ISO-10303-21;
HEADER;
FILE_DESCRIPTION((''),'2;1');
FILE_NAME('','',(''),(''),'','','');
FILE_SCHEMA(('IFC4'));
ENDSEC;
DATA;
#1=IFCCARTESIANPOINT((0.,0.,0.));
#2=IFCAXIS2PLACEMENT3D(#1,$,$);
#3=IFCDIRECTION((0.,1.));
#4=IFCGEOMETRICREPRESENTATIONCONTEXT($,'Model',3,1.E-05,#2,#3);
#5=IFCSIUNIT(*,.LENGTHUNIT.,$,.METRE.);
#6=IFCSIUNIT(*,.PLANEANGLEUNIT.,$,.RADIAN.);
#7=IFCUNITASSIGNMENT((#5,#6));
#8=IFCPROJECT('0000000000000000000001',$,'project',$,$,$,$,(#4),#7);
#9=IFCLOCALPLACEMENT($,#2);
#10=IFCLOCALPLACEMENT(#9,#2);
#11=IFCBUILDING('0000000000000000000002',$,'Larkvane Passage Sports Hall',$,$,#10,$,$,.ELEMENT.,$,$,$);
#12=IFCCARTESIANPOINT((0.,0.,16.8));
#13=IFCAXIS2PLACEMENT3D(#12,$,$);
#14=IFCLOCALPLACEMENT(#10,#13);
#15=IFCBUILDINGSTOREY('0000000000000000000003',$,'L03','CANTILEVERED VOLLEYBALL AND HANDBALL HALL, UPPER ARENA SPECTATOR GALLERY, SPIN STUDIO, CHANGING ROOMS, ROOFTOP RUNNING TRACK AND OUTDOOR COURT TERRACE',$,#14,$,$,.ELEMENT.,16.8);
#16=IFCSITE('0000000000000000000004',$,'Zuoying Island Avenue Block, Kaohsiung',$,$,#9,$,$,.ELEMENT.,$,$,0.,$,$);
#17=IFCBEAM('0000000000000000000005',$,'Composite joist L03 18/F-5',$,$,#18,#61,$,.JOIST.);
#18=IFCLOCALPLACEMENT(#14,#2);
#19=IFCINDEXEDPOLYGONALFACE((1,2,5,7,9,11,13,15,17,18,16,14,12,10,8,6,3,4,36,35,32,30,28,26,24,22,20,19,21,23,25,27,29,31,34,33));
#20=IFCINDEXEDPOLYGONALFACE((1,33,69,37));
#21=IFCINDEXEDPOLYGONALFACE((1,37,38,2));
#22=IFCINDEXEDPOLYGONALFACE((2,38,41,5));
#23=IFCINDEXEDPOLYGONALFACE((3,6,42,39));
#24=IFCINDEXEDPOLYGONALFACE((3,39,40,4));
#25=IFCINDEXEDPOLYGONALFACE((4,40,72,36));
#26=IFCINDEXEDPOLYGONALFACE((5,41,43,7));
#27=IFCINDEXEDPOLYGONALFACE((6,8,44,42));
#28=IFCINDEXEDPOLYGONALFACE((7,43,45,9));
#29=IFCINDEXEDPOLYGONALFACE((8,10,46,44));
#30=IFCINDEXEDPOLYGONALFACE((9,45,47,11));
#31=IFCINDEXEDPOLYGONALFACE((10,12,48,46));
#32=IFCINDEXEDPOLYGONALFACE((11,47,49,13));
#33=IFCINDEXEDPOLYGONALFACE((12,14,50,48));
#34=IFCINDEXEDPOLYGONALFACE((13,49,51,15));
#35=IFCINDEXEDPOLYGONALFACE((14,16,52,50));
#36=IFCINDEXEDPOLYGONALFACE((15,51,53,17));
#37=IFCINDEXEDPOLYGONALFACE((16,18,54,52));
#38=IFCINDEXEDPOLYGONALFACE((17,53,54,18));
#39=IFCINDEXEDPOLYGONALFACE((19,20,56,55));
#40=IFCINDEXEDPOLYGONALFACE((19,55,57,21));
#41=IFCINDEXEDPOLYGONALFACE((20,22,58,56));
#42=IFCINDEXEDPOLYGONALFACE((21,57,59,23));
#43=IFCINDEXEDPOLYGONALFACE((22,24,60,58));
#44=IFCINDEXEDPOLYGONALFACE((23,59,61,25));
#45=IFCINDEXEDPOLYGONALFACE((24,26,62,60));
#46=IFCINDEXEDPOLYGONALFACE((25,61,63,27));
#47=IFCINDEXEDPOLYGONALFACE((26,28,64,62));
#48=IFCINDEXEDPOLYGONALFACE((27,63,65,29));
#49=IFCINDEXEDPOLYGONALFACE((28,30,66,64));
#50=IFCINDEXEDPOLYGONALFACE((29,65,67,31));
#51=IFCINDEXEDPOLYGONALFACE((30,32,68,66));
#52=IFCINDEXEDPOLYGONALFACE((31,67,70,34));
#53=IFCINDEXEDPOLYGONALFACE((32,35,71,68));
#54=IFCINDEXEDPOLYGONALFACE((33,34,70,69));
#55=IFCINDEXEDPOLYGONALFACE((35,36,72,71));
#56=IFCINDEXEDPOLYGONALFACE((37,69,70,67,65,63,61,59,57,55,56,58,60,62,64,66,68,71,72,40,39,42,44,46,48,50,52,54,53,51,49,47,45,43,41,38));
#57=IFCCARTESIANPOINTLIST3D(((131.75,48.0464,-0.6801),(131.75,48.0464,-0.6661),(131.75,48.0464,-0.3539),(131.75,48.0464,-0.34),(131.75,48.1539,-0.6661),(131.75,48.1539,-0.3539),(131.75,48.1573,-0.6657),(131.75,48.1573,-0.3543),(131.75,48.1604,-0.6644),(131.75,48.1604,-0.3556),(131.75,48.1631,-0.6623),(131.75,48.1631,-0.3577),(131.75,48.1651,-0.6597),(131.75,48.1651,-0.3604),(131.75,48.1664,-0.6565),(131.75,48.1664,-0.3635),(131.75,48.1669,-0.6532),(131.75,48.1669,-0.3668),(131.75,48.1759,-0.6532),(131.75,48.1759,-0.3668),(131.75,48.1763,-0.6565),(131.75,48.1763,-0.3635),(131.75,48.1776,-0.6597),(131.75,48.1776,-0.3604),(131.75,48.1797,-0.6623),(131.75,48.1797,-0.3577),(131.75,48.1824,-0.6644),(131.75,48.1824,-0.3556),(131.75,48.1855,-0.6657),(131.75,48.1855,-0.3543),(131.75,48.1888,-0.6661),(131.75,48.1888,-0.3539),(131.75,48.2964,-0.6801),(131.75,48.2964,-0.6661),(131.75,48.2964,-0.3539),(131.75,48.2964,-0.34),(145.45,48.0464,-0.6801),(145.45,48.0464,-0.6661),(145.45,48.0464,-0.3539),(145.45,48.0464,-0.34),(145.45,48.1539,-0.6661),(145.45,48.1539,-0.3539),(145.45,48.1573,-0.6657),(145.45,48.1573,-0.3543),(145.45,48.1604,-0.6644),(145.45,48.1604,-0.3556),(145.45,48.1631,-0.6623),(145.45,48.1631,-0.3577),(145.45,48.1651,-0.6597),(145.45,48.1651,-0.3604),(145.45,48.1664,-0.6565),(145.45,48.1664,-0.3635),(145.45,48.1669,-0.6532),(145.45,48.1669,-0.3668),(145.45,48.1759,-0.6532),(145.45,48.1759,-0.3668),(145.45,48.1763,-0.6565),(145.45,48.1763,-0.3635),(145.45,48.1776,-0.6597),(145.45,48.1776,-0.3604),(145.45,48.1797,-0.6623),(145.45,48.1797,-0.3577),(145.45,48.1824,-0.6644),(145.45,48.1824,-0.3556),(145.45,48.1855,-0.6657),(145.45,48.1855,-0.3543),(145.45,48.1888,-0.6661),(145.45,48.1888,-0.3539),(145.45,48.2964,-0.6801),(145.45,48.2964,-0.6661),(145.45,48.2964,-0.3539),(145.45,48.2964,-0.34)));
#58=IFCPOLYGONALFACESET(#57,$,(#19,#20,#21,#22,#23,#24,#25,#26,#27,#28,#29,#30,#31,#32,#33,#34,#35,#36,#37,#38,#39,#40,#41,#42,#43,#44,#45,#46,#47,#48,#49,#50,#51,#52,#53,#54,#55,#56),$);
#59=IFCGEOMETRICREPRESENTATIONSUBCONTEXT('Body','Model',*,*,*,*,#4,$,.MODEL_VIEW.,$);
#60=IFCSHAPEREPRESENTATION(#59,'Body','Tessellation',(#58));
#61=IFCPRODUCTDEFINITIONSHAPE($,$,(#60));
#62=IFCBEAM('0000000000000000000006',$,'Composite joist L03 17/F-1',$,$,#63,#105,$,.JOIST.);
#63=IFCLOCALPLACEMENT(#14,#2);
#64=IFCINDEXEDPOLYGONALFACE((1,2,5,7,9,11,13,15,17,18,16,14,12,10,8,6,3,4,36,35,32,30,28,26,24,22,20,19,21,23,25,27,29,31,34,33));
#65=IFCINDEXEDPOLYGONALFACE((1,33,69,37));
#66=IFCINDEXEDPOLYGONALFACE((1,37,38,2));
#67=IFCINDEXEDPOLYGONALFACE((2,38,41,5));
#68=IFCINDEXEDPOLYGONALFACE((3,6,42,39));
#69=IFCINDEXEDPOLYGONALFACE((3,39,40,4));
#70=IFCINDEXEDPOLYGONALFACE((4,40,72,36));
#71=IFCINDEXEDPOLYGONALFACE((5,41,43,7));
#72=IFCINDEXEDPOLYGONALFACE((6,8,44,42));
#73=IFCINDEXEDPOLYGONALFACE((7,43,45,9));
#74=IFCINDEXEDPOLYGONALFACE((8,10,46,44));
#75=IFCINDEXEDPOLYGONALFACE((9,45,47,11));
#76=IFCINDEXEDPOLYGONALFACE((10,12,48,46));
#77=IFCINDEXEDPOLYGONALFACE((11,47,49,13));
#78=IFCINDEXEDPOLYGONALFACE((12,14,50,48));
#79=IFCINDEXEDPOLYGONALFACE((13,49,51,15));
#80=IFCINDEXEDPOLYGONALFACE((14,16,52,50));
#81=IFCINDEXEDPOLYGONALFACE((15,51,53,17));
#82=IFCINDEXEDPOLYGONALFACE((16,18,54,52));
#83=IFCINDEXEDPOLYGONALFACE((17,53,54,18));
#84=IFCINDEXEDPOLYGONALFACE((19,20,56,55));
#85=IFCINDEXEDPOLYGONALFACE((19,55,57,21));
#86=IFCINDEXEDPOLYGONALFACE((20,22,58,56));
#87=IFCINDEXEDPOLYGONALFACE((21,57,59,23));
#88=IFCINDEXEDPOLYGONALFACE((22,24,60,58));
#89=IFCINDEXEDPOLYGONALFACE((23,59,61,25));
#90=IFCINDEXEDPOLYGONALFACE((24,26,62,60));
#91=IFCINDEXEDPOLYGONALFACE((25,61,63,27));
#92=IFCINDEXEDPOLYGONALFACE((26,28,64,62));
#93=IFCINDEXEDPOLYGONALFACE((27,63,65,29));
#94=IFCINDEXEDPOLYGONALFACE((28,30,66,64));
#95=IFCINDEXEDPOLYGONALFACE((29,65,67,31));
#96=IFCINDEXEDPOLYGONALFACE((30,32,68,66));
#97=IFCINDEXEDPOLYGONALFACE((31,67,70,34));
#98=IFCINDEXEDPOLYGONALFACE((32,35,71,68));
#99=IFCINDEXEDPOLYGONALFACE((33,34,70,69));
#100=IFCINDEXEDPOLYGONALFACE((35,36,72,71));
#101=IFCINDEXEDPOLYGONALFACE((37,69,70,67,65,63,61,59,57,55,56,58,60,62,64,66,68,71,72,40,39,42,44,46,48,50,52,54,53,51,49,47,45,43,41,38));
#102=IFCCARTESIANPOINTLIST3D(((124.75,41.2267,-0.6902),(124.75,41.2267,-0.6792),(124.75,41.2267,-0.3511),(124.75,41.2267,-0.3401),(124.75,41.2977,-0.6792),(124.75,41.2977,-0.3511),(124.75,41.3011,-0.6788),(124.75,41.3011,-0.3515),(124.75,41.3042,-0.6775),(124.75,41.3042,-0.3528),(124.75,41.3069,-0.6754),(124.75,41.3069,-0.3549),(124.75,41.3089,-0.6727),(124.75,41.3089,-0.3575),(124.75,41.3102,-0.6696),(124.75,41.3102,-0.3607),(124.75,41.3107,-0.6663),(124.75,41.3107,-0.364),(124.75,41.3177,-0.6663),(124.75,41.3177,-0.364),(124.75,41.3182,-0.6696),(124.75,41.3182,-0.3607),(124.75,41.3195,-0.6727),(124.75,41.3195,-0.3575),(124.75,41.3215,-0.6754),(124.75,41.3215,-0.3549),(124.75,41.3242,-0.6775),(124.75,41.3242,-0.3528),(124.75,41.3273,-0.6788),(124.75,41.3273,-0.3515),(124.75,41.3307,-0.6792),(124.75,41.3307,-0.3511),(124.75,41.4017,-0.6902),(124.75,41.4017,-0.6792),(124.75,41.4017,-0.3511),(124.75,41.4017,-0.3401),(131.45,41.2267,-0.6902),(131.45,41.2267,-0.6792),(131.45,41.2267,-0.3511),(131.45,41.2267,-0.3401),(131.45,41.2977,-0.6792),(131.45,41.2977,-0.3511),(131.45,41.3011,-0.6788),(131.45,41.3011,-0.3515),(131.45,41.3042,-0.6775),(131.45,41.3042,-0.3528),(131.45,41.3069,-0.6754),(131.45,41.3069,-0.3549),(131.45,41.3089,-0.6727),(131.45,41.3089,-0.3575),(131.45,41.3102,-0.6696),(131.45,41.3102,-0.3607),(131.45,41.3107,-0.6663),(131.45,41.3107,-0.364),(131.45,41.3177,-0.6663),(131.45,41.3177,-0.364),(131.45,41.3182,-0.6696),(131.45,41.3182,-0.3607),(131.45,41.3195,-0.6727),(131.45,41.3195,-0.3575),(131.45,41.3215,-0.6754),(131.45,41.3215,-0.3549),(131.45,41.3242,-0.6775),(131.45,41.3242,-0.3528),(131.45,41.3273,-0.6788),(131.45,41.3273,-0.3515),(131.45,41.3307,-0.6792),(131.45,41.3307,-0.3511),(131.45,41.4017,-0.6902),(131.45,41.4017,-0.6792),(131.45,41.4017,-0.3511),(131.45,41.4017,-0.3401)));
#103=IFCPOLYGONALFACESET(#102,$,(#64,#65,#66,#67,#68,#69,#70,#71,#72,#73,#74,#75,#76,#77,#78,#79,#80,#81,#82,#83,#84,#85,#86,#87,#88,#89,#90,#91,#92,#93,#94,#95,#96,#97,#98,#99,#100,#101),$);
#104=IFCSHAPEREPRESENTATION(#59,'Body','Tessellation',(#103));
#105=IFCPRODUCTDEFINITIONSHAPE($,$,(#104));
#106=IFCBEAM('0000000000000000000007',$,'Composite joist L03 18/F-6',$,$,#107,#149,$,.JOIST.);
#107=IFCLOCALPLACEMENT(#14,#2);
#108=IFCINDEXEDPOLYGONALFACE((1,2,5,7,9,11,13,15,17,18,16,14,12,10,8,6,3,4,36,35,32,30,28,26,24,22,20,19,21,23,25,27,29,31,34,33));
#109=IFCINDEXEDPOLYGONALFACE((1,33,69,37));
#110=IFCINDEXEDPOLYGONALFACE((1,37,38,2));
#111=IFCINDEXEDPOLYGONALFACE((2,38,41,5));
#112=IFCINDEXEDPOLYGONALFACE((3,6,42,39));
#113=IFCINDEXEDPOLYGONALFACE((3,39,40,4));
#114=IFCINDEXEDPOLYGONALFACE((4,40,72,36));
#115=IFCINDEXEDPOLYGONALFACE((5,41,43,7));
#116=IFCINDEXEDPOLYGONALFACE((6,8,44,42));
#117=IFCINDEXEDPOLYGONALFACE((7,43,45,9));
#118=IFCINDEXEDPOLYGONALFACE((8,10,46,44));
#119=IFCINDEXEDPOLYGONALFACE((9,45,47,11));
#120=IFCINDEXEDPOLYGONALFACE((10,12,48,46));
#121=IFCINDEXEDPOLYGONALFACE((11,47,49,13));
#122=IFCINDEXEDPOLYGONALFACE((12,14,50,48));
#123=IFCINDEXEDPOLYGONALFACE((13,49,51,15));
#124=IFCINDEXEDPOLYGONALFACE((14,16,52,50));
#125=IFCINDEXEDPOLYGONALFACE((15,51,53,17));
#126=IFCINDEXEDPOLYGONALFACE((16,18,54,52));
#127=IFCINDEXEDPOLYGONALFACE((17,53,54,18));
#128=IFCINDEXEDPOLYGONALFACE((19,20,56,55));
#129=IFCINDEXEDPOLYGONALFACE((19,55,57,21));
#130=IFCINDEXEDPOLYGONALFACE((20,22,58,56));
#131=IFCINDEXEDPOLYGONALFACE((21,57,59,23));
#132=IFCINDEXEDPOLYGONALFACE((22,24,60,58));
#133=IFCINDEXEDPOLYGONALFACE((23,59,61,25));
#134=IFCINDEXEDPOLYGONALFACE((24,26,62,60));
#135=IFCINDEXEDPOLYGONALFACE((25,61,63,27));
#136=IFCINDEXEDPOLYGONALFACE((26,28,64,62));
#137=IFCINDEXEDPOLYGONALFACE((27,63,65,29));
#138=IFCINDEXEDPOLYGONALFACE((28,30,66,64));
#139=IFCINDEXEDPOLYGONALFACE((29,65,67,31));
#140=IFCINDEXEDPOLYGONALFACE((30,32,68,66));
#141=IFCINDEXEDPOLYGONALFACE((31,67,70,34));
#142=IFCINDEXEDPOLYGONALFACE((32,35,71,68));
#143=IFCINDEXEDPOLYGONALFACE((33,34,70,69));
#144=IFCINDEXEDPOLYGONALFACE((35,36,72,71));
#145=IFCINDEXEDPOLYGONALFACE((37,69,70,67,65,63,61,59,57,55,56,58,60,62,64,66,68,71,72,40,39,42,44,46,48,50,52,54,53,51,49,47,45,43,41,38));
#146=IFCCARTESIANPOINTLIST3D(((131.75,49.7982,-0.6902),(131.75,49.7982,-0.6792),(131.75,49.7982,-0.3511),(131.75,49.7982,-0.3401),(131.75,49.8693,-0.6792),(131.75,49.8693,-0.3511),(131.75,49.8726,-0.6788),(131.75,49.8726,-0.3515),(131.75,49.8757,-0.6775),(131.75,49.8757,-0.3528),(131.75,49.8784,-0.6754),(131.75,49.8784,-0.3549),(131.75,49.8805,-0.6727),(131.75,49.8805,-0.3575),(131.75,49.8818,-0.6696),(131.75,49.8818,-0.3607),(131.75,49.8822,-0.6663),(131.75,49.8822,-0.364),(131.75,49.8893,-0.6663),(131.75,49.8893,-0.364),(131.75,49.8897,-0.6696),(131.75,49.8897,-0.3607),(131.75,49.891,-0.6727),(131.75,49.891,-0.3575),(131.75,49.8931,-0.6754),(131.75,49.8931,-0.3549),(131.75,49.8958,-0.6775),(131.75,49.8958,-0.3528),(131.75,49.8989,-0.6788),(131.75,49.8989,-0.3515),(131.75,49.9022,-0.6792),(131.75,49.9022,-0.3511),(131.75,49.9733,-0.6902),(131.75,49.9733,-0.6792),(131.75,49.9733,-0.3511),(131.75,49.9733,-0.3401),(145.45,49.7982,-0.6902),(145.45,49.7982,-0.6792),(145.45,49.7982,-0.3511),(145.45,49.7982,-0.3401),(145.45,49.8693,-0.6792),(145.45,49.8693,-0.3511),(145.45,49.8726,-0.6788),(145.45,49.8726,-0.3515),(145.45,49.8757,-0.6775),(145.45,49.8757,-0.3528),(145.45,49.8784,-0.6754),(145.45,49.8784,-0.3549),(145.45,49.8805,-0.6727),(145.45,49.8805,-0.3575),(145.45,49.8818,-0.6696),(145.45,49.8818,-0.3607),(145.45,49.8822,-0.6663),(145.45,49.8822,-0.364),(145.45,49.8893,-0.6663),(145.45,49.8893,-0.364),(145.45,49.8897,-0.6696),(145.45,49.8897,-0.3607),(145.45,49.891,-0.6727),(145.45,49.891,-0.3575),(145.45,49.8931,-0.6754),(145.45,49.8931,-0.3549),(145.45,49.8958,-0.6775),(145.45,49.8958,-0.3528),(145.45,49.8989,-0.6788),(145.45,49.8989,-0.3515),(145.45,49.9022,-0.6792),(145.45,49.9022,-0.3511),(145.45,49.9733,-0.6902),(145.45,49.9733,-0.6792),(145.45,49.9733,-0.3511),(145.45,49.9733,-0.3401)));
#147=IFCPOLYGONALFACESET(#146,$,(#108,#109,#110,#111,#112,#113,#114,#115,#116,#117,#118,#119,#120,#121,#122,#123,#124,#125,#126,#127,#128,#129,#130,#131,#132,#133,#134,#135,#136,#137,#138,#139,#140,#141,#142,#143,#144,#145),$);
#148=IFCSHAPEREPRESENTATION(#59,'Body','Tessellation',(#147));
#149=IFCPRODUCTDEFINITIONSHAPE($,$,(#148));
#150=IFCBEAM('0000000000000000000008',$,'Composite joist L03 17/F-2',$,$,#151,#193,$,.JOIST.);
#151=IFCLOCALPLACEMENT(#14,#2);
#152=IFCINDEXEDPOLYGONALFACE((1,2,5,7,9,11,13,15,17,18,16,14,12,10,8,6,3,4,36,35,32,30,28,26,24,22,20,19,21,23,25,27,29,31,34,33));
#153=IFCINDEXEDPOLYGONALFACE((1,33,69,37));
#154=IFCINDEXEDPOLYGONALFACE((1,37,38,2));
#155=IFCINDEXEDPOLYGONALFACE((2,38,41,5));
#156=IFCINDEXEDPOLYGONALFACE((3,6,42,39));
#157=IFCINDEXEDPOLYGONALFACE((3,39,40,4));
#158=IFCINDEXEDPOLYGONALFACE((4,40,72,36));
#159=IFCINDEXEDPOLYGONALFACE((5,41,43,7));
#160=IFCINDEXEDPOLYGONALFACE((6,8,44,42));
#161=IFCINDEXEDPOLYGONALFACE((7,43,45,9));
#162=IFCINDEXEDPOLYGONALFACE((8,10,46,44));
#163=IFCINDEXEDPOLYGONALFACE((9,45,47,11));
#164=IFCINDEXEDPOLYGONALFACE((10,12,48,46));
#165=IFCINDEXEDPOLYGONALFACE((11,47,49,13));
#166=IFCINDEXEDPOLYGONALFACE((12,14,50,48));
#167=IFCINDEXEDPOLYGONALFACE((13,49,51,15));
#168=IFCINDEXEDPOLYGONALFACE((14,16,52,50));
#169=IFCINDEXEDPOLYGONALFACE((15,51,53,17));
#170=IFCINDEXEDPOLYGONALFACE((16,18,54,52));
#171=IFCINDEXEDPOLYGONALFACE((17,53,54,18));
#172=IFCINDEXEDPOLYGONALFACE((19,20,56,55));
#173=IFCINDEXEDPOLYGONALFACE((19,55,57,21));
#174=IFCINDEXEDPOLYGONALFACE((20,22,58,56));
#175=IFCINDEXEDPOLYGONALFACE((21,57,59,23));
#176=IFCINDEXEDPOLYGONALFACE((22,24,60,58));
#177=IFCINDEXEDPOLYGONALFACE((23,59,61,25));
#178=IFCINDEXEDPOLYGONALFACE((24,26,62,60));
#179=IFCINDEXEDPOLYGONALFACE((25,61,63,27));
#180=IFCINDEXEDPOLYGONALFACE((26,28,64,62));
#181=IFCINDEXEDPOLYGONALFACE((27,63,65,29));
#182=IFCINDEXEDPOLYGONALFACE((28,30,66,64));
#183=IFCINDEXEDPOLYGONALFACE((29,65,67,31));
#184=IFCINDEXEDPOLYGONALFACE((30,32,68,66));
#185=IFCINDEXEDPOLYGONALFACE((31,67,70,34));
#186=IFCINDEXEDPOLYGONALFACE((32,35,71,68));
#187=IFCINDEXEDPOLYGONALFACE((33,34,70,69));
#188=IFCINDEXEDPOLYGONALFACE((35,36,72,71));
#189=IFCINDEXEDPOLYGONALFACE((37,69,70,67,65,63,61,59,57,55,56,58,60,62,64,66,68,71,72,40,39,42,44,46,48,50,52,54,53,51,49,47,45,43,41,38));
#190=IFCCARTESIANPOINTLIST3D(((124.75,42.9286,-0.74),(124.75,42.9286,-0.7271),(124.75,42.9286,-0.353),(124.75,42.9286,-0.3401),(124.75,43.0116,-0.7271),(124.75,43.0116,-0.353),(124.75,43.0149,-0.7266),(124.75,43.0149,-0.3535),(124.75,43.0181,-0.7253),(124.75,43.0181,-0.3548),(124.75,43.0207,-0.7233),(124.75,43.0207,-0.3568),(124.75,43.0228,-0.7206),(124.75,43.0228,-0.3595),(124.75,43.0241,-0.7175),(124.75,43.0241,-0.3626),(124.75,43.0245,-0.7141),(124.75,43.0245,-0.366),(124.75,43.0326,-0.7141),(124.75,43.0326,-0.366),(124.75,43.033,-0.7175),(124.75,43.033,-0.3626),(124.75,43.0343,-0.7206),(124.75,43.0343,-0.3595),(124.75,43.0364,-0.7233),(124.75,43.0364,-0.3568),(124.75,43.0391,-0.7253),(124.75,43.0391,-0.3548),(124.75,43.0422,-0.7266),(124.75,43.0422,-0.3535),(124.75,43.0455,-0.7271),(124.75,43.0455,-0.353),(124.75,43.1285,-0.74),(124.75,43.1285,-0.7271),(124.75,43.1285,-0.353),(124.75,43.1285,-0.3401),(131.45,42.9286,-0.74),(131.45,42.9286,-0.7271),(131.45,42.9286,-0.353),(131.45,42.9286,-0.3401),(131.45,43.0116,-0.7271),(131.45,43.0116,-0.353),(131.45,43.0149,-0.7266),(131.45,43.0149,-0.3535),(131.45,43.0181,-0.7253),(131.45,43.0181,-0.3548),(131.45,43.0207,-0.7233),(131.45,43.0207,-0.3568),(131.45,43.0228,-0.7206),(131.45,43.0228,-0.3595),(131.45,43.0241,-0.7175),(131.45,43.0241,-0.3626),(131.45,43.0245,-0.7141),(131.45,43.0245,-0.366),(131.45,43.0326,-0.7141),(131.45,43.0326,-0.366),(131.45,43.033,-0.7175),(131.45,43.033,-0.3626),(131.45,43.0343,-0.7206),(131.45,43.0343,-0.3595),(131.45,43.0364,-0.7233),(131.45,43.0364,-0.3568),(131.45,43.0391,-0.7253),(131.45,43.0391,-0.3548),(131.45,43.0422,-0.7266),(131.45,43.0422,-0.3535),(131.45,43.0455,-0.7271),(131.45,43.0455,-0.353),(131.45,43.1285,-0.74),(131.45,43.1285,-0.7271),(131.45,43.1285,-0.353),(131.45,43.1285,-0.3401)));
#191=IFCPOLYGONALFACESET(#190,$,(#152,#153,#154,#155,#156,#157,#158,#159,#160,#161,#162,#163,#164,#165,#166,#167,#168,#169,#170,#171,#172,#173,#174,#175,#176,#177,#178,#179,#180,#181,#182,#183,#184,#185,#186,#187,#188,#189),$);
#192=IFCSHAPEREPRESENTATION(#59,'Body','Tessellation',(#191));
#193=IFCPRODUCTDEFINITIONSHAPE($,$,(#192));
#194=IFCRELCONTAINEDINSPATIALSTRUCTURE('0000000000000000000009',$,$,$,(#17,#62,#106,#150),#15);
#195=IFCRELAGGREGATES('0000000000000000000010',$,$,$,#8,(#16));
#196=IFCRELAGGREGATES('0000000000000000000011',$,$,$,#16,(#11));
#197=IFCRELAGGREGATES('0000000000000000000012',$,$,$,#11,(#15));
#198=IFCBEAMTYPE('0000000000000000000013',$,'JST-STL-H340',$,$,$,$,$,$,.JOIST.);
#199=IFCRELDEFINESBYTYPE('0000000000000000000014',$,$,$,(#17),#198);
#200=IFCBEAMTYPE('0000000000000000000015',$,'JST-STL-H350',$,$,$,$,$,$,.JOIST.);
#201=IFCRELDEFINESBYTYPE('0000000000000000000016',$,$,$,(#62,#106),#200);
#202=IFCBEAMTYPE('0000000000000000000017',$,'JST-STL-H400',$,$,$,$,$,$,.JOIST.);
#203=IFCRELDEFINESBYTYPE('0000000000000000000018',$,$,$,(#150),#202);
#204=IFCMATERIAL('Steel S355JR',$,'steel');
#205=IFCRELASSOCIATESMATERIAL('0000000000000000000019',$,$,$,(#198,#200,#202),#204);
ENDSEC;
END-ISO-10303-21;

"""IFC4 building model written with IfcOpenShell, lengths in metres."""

from ifc_helpers import new_model, si_unit, direction, frame, origin, origin_2d, place, context, subcontext, project, spatial, i_section, extrude, material, material_profile, profile_set, type_object, element, save


model = new_model("IFC4")

# Units and contexts
model_context = context("Model", 3, precision=1e-05, world=origin(), true_north=direction((0.0, 1.0)))
body_context = subcontext(model_context, "Body", "Model", "MODEL_VIEW")
ifc_project = project(units=[si_unit("LENGTHUNIT", "METRE"), si_unit("PLANEANGLEUNIT", "RADIAN")], contexts=[model_context])

# Site, building, storey
site_placement = place(None, origin())
site = spatial("IfcSite", under=ifc_project, at=site_placement, Name="Zuoying Island Avenue Block, Kaohsiung", CompositionType="ELEMENT", RefElevation=0.0)
building_placement = place(site_placement, origin())
building = spatial("IfcBuilding", under=site, at=building_placement, Name="Larkvane Passage Sports Hall", CompositionType="ELEMENT")
storey_placement = place(building_placement, frame((0.0, 0.0, 16.8)))
storey = spatial("IfcBuildingStorey", under=building, at=storey_placement, Name="L03", Description="CANTILEVERED VOLLEYBALL AND HANDBALL HALL, UPPER ARENA SPECTATOR GALLERY, SPIN STUDIO, CHANGING ROOMS, ROOFTOP RUNNING TRACK AND OUTDOOR COURT TERRACE", CompositionType="ELEMENT", Elevation=16.8)

# Beams
ifc_material_1 = material(Name="Steel S355JR", Category="steel")
ifc_material_profile_1 = material_profile(ifc_material_1, i_section(OverallWidth=0.25, OverallDepth=0.3401, WebThickness=0.009, FlangeThickness=0.0139, FilletRadius=0.0129, at=origin_2d()), Name="H-340x250x9x14")
ifc_profile_set_1 = profile_set([ifc_material_profile_1], Name="Steel S355JR")
beam_type_1 = type_object("IfcBeamType", Name="JST-STL-H340", PredefinedType="JOIST", material=ifc_profile_set_1)
beam_1_placement = place(storey_placement, frame((131.75, 48.1714, -0.51), z_axis=(1.0, 0.0, 0.0), x_axis=(0.0, 1.0, 0.0)))
element("IfcBeam", 1, at=beam_1_placement, inside=storey, type_object=beam_type_1, Name="Composite joist L03 18/F-5", PredefinedType="JOIST", context=body_context, shape_type="SweptSolid", body=[
    extrude(i_section(OverallWidth=0.25, OverallDepth=0.3401, WebThickness=0.009, FlangeThickness=0.0139, FilletRadius=0.0129, at=origin_2d()), origin(), (0.0, 0.0, 1.0), 13.7),
])
ifc_material_profile_2 = material_profile(ifc_material_1, i_section(OverallWidth=0.175, OverallDepth=0.3501, WebThickness=0.0071, FlangeThickness=0.011, FilletRadius=0.0129, at=origin_2d()), Name="H-350x175x7x11")
ifc_profile_set_2 = profile_set([ifc_material_profile_2], Name="Steel S355JR")
beam_type_2 = type_object("IfcBeamType", Name="JST-STL-H350", PredefinedType="JOIST", material=ifc_profile_set_2)
beam_2_placement = place(storey_placement, frame((124.75, 41.3142, -0.5151), z_axis=(1.0, 0.0, 0.0), x_axis=(0.0, 1.0, 0.0)))
element("IfcBeam", 2, at=beam_2_placement, inside=storey, type_object=beam_type_2, Name="Composite joist L03 17/F-1", PredefinedType="JOIST", context=body_context, shape_type="SweptSolid", body=[
    extrude(i_section(OverallWidth=0.175, OverallDepth=0.3501, WebThickness=0.0071, FlangeThickness=0.011, FilletRadius=0.0129, at=origin_2d()), origin(), (0.0, 0.0, 1.0), 6.7),
])
beam_3_placement = place(storey_placement, frame((131.75, 49.8857, -0.5151), z_axis=(1.0, 0.0, 0.0), x_axis=(0.0, 1.0, 0.0)))
element("IfcBeam", 3, at=beam_3_placement, inside=storey, type_object=beam_type_2, Name="Composite joist L03 18/F-6", PredefinedType="JOIST", context=body_context, shape_type="SweptSolid", body=[
    extrude(i_section(OverallWidth=0.175, OverallDepth=0.3501, WebThickness=0.0071, FlangeThickness=0.011, FilletRadius=0.0129, at=origin_2d()), origin(), (0.0, 0.0, 1.0), 13.7),
])
ifc_material_profile_3 = material_profile(ifc_material_1, i_section(OverallWidth=0.2, OverallDepth=0.3999, WebThickness=0.0081, FlangeThickness=0.0129, FilletRadius=0.0129, at=origin_2d()), Name="H-400x200x8x13")
ifc_profile_set_3 = profile_set([ifc_material_profile_3], Name="Steel S355JR")
beam_type_3 = type_object("IfcBeamType", Name="JST-STL-H400", PredefinedType="JOIST", material=ifc_profile_set_3)
beam_4_placement = place(storey_placement, frame((124.75, 43.0286, -0.54), z_axis=(1.0, 0.0, 0.0), x_axis=(0.0, 1.0, 0.0)))
element("IfcBeam", 4, at=beam_4_placement, inside=storey, type_object=beam_type_3, Name="Composite joist L03 17/F-2", PredefinedType="JOIST", context=body_context, shape_type="SweptSolid", body=[
    extrude(i_section(OverallWidth=0.2, OverallDepth=0.3999, WebThickness=0.0081, FlangeThickness=0.0129, FilletRadius=0.0129, at=origin_2d()), origin(), (0.0, 0.0, 1.0), 6.7),
])

save(model, "model.ifc")
